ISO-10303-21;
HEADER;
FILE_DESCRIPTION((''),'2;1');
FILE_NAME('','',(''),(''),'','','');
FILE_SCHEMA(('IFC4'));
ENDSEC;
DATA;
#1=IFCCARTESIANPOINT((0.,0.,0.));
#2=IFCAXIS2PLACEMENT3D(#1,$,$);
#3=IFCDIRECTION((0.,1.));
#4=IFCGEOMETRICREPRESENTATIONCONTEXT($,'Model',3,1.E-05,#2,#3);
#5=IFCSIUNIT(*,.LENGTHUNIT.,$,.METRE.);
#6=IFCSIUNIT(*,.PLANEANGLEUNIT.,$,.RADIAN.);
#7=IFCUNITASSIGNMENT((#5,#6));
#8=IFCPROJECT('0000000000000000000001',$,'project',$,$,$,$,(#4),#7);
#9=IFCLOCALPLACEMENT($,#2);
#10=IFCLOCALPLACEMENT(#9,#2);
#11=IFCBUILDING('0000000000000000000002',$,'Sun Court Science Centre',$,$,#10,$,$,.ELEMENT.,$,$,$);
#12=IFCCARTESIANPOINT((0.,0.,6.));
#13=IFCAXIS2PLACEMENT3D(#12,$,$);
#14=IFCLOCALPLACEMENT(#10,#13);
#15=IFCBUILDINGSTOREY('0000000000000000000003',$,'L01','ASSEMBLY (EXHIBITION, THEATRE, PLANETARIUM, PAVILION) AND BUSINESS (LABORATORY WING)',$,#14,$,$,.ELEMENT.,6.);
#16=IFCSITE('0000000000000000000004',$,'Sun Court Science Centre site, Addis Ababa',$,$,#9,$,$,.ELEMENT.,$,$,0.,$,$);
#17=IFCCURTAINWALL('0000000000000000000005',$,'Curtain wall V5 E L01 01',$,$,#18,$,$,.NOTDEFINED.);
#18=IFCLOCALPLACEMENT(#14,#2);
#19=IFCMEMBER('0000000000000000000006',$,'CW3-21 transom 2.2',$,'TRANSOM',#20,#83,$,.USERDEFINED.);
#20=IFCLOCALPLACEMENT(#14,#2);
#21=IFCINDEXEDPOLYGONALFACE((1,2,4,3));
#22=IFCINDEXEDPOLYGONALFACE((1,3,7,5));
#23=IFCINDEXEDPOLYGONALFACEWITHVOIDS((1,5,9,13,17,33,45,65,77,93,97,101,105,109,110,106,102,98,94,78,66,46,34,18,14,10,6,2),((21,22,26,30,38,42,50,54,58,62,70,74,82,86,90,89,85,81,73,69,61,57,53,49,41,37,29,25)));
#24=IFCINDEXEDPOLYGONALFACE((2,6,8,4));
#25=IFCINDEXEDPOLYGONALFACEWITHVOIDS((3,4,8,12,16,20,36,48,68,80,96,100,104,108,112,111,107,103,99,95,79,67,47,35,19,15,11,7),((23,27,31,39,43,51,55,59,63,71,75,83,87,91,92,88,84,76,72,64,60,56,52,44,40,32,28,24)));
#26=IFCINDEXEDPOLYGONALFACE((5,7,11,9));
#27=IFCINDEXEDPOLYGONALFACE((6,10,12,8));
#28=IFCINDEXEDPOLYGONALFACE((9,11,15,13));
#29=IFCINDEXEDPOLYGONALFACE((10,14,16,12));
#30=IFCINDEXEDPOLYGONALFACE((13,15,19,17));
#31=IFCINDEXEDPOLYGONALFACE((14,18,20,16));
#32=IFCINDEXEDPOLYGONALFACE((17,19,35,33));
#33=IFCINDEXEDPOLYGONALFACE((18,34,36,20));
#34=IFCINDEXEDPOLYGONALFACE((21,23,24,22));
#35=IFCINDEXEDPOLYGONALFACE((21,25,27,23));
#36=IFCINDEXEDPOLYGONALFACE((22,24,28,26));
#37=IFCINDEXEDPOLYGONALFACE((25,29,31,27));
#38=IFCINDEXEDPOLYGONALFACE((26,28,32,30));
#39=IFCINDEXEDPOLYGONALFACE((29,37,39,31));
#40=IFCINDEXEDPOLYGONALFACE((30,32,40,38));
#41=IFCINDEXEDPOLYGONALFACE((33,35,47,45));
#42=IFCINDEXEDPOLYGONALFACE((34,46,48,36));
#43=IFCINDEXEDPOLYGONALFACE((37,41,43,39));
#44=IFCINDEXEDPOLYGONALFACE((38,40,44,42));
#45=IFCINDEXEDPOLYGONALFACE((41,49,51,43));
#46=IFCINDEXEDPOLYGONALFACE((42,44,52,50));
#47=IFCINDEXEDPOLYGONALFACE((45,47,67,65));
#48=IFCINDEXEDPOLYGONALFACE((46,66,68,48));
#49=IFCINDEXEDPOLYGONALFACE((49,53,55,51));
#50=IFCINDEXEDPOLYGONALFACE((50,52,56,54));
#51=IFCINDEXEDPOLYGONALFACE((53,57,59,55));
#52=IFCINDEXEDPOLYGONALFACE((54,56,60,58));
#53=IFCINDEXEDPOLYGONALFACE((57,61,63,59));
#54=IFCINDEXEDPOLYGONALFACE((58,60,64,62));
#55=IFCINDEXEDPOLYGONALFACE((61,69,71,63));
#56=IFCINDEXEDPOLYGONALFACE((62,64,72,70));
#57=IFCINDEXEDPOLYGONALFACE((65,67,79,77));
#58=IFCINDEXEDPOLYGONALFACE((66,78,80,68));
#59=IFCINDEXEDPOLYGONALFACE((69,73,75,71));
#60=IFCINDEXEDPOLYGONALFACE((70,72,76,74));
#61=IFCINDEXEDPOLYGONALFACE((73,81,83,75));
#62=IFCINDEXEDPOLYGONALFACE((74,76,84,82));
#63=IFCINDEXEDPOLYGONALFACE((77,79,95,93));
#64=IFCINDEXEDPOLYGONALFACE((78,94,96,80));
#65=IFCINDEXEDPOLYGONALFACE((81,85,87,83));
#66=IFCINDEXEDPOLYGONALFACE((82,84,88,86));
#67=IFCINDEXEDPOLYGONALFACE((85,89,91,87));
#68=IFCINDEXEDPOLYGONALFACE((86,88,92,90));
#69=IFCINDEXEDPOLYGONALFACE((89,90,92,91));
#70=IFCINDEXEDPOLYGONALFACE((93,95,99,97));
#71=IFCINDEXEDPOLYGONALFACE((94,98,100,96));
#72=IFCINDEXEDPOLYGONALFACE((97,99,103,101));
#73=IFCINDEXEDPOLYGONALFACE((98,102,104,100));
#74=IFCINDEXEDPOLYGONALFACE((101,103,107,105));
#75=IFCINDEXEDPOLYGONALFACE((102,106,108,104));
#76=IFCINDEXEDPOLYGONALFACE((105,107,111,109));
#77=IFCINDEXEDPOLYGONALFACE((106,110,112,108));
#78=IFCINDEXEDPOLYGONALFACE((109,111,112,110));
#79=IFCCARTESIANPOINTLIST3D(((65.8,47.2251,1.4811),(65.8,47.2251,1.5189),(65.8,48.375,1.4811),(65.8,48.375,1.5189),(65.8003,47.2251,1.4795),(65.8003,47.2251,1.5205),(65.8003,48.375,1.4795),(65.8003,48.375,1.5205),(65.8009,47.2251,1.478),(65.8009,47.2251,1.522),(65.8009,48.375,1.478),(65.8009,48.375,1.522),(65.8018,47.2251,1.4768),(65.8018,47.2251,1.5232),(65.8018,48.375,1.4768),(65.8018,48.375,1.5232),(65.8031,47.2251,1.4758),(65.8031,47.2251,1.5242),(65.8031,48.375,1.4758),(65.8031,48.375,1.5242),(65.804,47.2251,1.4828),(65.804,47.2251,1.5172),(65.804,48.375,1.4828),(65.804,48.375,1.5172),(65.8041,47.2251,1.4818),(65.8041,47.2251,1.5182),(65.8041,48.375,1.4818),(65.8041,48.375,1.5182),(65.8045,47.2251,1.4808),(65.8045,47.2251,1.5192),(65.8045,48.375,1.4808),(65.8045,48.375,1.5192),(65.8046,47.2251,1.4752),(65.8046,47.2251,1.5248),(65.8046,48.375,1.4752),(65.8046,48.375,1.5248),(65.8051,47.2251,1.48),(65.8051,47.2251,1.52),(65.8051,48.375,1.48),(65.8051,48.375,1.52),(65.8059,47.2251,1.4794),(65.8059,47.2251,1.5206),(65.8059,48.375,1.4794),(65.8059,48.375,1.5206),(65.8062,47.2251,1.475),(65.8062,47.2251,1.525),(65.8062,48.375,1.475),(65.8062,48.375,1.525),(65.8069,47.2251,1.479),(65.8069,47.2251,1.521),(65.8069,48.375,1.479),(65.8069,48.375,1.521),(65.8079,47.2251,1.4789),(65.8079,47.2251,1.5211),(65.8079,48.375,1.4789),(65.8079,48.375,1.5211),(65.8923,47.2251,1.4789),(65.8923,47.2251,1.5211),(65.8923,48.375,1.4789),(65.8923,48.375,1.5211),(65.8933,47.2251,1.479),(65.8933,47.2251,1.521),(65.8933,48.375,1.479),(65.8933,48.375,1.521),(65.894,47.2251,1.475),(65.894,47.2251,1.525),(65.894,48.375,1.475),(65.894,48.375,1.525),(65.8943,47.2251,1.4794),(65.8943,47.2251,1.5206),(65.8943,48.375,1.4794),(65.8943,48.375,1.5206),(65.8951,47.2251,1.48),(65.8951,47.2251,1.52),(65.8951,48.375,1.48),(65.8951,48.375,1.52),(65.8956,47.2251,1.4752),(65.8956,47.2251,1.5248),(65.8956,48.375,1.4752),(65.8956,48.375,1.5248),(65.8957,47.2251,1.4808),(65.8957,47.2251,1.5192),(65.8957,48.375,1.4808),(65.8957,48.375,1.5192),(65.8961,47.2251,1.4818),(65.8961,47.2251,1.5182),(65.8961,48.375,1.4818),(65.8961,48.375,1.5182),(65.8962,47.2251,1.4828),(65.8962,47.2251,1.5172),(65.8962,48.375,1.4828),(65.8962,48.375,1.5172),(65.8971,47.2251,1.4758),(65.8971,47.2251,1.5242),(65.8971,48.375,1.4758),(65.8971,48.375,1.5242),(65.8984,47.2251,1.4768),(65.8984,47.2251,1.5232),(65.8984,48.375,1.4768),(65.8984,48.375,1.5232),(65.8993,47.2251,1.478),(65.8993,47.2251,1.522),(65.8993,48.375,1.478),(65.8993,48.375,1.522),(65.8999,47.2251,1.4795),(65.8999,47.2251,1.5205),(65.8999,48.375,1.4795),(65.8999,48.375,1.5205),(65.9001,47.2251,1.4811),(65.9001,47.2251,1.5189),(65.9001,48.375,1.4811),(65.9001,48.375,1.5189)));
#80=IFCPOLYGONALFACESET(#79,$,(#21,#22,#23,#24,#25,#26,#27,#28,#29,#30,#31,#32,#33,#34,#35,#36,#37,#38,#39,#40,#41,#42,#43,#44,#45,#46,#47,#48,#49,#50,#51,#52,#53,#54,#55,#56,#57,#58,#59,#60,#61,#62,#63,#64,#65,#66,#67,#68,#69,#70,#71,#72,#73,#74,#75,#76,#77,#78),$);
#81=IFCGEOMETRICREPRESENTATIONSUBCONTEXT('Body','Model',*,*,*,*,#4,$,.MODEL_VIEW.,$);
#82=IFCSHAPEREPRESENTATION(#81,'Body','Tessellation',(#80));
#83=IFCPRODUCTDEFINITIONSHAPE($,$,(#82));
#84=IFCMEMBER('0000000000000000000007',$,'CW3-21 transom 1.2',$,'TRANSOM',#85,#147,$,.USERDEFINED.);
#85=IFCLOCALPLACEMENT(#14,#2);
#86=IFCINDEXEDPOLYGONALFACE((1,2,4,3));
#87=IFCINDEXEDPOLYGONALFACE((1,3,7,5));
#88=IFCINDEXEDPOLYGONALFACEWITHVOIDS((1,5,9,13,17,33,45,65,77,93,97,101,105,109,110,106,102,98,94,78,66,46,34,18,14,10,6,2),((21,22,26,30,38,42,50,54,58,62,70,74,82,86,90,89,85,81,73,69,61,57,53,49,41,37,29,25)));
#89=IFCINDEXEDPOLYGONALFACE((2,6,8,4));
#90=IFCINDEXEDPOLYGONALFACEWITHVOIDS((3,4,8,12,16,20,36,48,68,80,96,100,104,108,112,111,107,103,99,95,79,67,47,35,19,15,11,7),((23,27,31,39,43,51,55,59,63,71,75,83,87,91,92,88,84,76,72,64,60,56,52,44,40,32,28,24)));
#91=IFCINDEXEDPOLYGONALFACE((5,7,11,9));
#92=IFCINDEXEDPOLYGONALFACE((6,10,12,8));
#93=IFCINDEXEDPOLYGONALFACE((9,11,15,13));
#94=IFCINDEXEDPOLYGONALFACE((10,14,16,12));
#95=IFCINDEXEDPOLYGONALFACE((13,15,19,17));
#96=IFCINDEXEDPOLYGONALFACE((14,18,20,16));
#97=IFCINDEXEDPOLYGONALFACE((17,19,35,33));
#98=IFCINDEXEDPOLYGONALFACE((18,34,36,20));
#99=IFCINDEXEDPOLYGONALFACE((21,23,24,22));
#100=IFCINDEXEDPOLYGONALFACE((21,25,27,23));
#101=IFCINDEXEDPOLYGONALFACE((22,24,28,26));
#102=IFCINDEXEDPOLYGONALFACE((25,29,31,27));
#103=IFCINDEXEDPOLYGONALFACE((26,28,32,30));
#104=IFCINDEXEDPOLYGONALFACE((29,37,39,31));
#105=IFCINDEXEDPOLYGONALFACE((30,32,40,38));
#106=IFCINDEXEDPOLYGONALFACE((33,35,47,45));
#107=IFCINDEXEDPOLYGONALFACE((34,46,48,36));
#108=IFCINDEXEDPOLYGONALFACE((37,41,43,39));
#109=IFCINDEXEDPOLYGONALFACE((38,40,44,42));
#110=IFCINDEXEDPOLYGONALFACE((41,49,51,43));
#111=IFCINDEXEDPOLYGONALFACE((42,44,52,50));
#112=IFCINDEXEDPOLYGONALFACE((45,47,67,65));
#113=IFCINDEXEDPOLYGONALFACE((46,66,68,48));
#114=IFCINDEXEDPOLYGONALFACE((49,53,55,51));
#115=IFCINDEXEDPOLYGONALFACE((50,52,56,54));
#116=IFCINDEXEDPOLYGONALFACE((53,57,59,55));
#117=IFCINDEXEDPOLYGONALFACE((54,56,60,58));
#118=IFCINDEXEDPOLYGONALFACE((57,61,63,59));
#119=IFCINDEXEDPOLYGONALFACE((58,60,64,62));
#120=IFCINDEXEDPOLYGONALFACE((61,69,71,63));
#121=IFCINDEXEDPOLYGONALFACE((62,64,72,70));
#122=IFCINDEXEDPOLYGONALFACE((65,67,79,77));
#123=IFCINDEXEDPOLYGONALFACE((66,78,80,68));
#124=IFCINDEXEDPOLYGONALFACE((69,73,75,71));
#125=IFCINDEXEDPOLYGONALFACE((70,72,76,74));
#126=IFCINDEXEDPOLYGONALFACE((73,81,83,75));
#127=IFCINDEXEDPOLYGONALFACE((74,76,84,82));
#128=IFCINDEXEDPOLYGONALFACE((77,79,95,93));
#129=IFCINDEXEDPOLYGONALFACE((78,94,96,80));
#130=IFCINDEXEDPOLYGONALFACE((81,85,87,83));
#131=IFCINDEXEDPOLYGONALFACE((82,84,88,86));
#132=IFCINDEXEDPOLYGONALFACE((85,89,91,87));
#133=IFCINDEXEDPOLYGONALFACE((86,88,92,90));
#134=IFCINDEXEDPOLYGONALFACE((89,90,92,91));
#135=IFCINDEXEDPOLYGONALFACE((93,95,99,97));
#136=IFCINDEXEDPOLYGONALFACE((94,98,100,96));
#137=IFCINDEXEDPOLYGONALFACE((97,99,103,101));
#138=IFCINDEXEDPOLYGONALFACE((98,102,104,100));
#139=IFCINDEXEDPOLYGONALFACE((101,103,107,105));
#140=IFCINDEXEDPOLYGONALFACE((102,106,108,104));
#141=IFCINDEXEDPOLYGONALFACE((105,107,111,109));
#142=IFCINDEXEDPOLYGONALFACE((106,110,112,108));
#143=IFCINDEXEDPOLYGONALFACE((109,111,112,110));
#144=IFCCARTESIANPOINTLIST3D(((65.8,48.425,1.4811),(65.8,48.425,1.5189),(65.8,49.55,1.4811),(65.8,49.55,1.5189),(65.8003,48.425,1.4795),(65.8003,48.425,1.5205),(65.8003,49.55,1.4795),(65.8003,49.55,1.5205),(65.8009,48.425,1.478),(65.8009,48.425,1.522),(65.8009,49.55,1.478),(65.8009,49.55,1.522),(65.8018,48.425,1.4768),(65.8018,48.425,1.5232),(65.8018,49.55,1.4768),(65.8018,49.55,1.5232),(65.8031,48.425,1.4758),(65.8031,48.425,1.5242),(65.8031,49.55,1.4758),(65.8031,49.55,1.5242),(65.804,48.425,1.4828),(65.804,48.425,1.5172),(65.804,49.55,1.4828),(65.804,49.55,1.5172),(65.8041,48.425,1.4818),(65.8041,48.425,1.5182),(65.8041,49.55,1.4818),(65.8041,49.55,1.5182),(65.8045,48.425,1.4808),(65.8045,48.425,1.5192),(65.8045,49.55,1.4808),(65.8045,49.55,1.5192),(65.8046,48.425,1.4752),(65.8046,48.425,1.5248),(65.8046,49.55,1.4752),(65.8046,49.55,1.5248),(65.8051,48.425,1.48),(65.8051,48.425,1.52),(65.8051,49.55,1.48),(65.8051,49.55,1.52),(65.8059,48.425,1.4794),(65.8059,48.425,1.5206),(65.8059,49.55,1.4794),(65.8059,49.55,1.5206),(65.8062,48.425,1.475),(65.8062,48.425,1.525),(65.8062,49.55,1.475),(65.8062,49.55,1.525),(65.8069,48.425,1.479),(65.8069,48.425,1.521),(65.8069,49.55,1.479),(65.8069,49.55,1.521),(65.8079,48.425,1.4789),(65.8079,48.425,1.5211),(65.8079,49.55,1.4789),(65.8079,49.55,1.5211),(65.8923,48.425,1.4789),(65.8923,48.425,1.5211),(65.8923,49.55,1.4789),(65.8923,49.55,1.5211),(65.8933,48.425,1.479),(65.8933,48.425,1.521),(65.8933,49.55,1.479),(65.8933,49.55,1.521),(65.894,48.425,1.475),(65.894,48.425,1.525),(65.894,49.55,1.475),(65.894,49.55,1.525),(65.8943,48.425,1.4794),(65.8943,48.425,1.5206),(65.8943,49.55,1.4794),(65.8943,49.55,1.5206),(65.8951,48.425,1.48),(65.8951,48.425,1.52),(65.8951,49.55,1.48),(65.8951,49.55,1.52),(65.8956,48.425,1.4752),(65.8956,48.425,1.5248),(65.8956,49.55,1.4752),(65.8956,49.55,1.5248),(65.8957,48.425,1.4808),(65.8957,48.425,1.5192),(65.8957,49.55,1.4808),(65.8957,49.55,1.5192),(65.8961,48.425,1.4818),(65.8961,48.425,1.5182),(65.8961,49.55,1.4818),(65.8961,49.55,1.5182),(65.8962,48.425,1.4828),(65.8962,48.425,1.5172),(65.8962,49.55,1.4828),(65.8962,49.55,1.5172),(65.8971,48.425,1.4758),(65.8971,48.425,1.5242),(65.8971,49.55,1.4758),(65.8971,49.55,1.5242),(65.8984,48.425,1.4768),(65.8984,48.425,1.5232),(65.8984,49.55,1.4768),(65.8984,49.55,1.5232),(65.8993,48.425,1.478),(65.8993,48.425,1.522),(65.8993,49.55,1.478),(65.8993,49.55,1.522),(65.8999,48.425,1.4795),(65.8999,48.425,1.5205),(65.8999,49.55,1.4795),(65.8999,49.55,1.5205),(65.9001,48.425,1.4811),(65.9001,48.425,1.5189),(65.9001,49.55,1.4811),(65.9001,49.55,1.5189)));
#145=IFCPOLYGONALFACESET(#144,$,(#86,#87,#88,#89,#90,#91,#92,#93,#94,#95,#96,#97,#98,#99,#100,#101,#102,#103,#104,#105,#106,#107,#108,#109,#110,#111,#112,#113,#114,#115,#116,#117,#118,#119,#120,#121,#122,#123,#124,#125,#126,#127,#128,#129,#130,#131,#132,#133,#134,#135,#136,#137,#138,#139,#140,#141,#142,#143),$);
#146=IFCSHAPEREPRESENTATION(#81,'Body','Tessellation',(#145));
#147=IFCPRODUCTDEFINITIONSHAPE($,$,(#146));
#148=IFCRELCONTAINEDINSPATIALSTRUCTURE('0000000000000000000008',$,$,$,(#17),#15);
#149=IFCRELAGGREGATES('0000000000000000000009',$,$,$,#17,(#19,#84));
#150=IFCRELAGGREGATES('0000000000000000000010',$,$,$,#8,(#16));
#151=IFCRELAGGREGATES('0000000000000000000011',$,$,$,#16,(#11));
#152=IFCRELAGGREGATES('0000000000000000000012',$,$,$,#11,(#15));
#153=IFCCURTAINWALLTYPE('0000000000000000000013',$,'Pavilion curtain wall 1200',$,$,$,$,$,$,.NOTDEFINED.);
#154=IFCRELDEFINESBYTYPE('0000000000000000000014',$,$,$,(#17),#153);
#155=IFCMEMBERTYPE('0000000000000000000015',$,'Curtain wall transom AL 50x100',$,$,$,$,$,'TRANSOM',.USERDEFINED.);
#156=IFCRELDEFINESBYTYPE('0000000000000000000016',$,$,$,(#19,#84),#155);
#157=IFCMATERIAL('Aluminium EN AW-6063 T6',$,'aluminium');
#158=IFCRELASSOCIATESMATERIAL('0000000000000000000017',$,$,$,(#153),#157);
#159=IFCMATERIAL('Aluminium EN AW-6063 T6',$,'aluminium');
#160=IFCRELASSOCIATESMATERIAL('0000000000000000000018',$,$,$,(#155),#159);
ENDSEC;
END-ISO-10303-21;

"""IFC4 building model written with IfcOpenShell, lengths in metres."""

from ifc_helpers import new_model, si_unit, direction, frame, origin, origin_2d, place, context, subcontext, project, spatial, hollow_rectangle, extrude, material, material_profile, profile_set, type_object, element, aggregate, save


model = new_model("IFC4")

# Units and contexts
model_context = context("Model", 3, precision=1e-05, world=origin(), true_north=direction((0.0, 1.0)))
body_context = subcontext(model_context, "Body", "Model", "MODEL_VIEW")
ifc_project = project(units=[si_unit("LENGTHUNIT", "METRE"), si_unit("PLANEANGLEUNIT", "RADIAN")], contexts=[model_context])

# Site, building, storey
site_placement = place(None, origin())
site = spatial("IfcSite", under=ifc_project, at=site_placement, Name="Sun Court Science Centre site, Addis Ababa", CompositionType="ELEMENT", RefElevation=0.0)
building_placement = place(site_placement, origin())
building = spatial("IfcBuilding", under=site, at=building_placement, Name="Sun Court Science Centre", CompositionType="ELEMENT")
storey_placement = place(building_placement, frame((0.0, 0.0, 6.0)))
storey = spatial("IfcBuildingStorey", under=building, at=storey_placement, Name="L01", Description="ASSEMBLY (EXHIBITION, THEATRE, PLANETARIUM, PAVILION) AND BUSINESS (LABORATORY WING)", CompositionType="ELEMENT", Elevation=6.0)

# Shared definitions
ifc_material_1 = material(Name="Aluminium EN AW-6063 T6", Category="aluminium")
curtain_wall_type_1 = type_object("IfcCurtainWallType", Name="Pavilion curtain wall 1200", PredefinedType="NOTDEFINED", material=ifc_material_1)

# Curtain wall
curtain_wall_1_placement = place(storey_placement, origin())
curtain_wall_1 = element("IfcCurtainWall", 1, at=curtain_wall_1_placement, inside=storey, type_object=curtain_wall_type_1, Name="Curtain wall V5 E L01 01", PredefinedType="NOTDEFINED")

# Members
ifc_material_2 = material(Name="Aluminium EN AW-6063 T6", Category="aluminium")
ifc_material_profile_1 = material_profile(ifc_material_2, hollow_rectangle(XDim=0.05, YDim=0.1001, WallThickness=0.0039, InnerFilletRadius=0.0039, OuterFilletRadius=0.0061, at=origin_2d()), Name="AL 50x100x4")
ifc_profile_set_1 = profile_set([ifc_material_profile_1], Name="Aluminium EN AW-6063 T6")
member_type_1 = type_object("IfcMemberType", Name="Curtain wall transom AL 50x100", ElementType="TRANSOM", PredefinedType="USERDEFINED", material=ifc_profile_set_1)
member_1_placement = place(storey_placement, frame((65.8501, 48.375, 1.5), z_axis=(0.0, -1.0, 0.0), x_axis=(0.0, 0.0, 1.0)))
member_1 = element("IfcMember", 2, at=member_1_placement, type_object=member_type_1, Name="CW3-21 transom 2.2", ObjectType="TRANSOM", PredefinedType="USERDEFINED", context=body_context, shape_type="SweptSolid", body=[
    extrude(hollow_rectangle(XDim=0.05, YDim=0.1001, WallThickness=0.0039, InnerFilletRadius=0.0039, OuterFilletRadius=0.0061, at=origin_2d()), origin(), (0.0, 0.0, 1.0), 1.1499),
])
member_2_placement = place(storey_placement, frame((65.8501, 49.55, 1.5), z_axis=(0.0, -1.0, 0.0), x_axis=(0.0, 0.0, 1.0)))
member_2 = element("IfcMember", 3, at=member_2_placement, type_object=member_type_1, Name="CW3-21 transom 1.2", ObjectType="TRANSOM", PredefinedType="USERDEFINED", context=body_context, shape_type="SweptSolid", body=[
    extrude(hollow_rectangle(XDim=0.05, YDim=0.1001, WallThickness=0.0039, InnerFilletRadius=0.0039, OuterFilletRadius=0.0061, at=origin_2d()), origin(), (0.0, 0.0, 1.0), 1.125),
])

aggregate(curtain_wall_1, [member_1, member_2])

save(model, "model.ifc")
